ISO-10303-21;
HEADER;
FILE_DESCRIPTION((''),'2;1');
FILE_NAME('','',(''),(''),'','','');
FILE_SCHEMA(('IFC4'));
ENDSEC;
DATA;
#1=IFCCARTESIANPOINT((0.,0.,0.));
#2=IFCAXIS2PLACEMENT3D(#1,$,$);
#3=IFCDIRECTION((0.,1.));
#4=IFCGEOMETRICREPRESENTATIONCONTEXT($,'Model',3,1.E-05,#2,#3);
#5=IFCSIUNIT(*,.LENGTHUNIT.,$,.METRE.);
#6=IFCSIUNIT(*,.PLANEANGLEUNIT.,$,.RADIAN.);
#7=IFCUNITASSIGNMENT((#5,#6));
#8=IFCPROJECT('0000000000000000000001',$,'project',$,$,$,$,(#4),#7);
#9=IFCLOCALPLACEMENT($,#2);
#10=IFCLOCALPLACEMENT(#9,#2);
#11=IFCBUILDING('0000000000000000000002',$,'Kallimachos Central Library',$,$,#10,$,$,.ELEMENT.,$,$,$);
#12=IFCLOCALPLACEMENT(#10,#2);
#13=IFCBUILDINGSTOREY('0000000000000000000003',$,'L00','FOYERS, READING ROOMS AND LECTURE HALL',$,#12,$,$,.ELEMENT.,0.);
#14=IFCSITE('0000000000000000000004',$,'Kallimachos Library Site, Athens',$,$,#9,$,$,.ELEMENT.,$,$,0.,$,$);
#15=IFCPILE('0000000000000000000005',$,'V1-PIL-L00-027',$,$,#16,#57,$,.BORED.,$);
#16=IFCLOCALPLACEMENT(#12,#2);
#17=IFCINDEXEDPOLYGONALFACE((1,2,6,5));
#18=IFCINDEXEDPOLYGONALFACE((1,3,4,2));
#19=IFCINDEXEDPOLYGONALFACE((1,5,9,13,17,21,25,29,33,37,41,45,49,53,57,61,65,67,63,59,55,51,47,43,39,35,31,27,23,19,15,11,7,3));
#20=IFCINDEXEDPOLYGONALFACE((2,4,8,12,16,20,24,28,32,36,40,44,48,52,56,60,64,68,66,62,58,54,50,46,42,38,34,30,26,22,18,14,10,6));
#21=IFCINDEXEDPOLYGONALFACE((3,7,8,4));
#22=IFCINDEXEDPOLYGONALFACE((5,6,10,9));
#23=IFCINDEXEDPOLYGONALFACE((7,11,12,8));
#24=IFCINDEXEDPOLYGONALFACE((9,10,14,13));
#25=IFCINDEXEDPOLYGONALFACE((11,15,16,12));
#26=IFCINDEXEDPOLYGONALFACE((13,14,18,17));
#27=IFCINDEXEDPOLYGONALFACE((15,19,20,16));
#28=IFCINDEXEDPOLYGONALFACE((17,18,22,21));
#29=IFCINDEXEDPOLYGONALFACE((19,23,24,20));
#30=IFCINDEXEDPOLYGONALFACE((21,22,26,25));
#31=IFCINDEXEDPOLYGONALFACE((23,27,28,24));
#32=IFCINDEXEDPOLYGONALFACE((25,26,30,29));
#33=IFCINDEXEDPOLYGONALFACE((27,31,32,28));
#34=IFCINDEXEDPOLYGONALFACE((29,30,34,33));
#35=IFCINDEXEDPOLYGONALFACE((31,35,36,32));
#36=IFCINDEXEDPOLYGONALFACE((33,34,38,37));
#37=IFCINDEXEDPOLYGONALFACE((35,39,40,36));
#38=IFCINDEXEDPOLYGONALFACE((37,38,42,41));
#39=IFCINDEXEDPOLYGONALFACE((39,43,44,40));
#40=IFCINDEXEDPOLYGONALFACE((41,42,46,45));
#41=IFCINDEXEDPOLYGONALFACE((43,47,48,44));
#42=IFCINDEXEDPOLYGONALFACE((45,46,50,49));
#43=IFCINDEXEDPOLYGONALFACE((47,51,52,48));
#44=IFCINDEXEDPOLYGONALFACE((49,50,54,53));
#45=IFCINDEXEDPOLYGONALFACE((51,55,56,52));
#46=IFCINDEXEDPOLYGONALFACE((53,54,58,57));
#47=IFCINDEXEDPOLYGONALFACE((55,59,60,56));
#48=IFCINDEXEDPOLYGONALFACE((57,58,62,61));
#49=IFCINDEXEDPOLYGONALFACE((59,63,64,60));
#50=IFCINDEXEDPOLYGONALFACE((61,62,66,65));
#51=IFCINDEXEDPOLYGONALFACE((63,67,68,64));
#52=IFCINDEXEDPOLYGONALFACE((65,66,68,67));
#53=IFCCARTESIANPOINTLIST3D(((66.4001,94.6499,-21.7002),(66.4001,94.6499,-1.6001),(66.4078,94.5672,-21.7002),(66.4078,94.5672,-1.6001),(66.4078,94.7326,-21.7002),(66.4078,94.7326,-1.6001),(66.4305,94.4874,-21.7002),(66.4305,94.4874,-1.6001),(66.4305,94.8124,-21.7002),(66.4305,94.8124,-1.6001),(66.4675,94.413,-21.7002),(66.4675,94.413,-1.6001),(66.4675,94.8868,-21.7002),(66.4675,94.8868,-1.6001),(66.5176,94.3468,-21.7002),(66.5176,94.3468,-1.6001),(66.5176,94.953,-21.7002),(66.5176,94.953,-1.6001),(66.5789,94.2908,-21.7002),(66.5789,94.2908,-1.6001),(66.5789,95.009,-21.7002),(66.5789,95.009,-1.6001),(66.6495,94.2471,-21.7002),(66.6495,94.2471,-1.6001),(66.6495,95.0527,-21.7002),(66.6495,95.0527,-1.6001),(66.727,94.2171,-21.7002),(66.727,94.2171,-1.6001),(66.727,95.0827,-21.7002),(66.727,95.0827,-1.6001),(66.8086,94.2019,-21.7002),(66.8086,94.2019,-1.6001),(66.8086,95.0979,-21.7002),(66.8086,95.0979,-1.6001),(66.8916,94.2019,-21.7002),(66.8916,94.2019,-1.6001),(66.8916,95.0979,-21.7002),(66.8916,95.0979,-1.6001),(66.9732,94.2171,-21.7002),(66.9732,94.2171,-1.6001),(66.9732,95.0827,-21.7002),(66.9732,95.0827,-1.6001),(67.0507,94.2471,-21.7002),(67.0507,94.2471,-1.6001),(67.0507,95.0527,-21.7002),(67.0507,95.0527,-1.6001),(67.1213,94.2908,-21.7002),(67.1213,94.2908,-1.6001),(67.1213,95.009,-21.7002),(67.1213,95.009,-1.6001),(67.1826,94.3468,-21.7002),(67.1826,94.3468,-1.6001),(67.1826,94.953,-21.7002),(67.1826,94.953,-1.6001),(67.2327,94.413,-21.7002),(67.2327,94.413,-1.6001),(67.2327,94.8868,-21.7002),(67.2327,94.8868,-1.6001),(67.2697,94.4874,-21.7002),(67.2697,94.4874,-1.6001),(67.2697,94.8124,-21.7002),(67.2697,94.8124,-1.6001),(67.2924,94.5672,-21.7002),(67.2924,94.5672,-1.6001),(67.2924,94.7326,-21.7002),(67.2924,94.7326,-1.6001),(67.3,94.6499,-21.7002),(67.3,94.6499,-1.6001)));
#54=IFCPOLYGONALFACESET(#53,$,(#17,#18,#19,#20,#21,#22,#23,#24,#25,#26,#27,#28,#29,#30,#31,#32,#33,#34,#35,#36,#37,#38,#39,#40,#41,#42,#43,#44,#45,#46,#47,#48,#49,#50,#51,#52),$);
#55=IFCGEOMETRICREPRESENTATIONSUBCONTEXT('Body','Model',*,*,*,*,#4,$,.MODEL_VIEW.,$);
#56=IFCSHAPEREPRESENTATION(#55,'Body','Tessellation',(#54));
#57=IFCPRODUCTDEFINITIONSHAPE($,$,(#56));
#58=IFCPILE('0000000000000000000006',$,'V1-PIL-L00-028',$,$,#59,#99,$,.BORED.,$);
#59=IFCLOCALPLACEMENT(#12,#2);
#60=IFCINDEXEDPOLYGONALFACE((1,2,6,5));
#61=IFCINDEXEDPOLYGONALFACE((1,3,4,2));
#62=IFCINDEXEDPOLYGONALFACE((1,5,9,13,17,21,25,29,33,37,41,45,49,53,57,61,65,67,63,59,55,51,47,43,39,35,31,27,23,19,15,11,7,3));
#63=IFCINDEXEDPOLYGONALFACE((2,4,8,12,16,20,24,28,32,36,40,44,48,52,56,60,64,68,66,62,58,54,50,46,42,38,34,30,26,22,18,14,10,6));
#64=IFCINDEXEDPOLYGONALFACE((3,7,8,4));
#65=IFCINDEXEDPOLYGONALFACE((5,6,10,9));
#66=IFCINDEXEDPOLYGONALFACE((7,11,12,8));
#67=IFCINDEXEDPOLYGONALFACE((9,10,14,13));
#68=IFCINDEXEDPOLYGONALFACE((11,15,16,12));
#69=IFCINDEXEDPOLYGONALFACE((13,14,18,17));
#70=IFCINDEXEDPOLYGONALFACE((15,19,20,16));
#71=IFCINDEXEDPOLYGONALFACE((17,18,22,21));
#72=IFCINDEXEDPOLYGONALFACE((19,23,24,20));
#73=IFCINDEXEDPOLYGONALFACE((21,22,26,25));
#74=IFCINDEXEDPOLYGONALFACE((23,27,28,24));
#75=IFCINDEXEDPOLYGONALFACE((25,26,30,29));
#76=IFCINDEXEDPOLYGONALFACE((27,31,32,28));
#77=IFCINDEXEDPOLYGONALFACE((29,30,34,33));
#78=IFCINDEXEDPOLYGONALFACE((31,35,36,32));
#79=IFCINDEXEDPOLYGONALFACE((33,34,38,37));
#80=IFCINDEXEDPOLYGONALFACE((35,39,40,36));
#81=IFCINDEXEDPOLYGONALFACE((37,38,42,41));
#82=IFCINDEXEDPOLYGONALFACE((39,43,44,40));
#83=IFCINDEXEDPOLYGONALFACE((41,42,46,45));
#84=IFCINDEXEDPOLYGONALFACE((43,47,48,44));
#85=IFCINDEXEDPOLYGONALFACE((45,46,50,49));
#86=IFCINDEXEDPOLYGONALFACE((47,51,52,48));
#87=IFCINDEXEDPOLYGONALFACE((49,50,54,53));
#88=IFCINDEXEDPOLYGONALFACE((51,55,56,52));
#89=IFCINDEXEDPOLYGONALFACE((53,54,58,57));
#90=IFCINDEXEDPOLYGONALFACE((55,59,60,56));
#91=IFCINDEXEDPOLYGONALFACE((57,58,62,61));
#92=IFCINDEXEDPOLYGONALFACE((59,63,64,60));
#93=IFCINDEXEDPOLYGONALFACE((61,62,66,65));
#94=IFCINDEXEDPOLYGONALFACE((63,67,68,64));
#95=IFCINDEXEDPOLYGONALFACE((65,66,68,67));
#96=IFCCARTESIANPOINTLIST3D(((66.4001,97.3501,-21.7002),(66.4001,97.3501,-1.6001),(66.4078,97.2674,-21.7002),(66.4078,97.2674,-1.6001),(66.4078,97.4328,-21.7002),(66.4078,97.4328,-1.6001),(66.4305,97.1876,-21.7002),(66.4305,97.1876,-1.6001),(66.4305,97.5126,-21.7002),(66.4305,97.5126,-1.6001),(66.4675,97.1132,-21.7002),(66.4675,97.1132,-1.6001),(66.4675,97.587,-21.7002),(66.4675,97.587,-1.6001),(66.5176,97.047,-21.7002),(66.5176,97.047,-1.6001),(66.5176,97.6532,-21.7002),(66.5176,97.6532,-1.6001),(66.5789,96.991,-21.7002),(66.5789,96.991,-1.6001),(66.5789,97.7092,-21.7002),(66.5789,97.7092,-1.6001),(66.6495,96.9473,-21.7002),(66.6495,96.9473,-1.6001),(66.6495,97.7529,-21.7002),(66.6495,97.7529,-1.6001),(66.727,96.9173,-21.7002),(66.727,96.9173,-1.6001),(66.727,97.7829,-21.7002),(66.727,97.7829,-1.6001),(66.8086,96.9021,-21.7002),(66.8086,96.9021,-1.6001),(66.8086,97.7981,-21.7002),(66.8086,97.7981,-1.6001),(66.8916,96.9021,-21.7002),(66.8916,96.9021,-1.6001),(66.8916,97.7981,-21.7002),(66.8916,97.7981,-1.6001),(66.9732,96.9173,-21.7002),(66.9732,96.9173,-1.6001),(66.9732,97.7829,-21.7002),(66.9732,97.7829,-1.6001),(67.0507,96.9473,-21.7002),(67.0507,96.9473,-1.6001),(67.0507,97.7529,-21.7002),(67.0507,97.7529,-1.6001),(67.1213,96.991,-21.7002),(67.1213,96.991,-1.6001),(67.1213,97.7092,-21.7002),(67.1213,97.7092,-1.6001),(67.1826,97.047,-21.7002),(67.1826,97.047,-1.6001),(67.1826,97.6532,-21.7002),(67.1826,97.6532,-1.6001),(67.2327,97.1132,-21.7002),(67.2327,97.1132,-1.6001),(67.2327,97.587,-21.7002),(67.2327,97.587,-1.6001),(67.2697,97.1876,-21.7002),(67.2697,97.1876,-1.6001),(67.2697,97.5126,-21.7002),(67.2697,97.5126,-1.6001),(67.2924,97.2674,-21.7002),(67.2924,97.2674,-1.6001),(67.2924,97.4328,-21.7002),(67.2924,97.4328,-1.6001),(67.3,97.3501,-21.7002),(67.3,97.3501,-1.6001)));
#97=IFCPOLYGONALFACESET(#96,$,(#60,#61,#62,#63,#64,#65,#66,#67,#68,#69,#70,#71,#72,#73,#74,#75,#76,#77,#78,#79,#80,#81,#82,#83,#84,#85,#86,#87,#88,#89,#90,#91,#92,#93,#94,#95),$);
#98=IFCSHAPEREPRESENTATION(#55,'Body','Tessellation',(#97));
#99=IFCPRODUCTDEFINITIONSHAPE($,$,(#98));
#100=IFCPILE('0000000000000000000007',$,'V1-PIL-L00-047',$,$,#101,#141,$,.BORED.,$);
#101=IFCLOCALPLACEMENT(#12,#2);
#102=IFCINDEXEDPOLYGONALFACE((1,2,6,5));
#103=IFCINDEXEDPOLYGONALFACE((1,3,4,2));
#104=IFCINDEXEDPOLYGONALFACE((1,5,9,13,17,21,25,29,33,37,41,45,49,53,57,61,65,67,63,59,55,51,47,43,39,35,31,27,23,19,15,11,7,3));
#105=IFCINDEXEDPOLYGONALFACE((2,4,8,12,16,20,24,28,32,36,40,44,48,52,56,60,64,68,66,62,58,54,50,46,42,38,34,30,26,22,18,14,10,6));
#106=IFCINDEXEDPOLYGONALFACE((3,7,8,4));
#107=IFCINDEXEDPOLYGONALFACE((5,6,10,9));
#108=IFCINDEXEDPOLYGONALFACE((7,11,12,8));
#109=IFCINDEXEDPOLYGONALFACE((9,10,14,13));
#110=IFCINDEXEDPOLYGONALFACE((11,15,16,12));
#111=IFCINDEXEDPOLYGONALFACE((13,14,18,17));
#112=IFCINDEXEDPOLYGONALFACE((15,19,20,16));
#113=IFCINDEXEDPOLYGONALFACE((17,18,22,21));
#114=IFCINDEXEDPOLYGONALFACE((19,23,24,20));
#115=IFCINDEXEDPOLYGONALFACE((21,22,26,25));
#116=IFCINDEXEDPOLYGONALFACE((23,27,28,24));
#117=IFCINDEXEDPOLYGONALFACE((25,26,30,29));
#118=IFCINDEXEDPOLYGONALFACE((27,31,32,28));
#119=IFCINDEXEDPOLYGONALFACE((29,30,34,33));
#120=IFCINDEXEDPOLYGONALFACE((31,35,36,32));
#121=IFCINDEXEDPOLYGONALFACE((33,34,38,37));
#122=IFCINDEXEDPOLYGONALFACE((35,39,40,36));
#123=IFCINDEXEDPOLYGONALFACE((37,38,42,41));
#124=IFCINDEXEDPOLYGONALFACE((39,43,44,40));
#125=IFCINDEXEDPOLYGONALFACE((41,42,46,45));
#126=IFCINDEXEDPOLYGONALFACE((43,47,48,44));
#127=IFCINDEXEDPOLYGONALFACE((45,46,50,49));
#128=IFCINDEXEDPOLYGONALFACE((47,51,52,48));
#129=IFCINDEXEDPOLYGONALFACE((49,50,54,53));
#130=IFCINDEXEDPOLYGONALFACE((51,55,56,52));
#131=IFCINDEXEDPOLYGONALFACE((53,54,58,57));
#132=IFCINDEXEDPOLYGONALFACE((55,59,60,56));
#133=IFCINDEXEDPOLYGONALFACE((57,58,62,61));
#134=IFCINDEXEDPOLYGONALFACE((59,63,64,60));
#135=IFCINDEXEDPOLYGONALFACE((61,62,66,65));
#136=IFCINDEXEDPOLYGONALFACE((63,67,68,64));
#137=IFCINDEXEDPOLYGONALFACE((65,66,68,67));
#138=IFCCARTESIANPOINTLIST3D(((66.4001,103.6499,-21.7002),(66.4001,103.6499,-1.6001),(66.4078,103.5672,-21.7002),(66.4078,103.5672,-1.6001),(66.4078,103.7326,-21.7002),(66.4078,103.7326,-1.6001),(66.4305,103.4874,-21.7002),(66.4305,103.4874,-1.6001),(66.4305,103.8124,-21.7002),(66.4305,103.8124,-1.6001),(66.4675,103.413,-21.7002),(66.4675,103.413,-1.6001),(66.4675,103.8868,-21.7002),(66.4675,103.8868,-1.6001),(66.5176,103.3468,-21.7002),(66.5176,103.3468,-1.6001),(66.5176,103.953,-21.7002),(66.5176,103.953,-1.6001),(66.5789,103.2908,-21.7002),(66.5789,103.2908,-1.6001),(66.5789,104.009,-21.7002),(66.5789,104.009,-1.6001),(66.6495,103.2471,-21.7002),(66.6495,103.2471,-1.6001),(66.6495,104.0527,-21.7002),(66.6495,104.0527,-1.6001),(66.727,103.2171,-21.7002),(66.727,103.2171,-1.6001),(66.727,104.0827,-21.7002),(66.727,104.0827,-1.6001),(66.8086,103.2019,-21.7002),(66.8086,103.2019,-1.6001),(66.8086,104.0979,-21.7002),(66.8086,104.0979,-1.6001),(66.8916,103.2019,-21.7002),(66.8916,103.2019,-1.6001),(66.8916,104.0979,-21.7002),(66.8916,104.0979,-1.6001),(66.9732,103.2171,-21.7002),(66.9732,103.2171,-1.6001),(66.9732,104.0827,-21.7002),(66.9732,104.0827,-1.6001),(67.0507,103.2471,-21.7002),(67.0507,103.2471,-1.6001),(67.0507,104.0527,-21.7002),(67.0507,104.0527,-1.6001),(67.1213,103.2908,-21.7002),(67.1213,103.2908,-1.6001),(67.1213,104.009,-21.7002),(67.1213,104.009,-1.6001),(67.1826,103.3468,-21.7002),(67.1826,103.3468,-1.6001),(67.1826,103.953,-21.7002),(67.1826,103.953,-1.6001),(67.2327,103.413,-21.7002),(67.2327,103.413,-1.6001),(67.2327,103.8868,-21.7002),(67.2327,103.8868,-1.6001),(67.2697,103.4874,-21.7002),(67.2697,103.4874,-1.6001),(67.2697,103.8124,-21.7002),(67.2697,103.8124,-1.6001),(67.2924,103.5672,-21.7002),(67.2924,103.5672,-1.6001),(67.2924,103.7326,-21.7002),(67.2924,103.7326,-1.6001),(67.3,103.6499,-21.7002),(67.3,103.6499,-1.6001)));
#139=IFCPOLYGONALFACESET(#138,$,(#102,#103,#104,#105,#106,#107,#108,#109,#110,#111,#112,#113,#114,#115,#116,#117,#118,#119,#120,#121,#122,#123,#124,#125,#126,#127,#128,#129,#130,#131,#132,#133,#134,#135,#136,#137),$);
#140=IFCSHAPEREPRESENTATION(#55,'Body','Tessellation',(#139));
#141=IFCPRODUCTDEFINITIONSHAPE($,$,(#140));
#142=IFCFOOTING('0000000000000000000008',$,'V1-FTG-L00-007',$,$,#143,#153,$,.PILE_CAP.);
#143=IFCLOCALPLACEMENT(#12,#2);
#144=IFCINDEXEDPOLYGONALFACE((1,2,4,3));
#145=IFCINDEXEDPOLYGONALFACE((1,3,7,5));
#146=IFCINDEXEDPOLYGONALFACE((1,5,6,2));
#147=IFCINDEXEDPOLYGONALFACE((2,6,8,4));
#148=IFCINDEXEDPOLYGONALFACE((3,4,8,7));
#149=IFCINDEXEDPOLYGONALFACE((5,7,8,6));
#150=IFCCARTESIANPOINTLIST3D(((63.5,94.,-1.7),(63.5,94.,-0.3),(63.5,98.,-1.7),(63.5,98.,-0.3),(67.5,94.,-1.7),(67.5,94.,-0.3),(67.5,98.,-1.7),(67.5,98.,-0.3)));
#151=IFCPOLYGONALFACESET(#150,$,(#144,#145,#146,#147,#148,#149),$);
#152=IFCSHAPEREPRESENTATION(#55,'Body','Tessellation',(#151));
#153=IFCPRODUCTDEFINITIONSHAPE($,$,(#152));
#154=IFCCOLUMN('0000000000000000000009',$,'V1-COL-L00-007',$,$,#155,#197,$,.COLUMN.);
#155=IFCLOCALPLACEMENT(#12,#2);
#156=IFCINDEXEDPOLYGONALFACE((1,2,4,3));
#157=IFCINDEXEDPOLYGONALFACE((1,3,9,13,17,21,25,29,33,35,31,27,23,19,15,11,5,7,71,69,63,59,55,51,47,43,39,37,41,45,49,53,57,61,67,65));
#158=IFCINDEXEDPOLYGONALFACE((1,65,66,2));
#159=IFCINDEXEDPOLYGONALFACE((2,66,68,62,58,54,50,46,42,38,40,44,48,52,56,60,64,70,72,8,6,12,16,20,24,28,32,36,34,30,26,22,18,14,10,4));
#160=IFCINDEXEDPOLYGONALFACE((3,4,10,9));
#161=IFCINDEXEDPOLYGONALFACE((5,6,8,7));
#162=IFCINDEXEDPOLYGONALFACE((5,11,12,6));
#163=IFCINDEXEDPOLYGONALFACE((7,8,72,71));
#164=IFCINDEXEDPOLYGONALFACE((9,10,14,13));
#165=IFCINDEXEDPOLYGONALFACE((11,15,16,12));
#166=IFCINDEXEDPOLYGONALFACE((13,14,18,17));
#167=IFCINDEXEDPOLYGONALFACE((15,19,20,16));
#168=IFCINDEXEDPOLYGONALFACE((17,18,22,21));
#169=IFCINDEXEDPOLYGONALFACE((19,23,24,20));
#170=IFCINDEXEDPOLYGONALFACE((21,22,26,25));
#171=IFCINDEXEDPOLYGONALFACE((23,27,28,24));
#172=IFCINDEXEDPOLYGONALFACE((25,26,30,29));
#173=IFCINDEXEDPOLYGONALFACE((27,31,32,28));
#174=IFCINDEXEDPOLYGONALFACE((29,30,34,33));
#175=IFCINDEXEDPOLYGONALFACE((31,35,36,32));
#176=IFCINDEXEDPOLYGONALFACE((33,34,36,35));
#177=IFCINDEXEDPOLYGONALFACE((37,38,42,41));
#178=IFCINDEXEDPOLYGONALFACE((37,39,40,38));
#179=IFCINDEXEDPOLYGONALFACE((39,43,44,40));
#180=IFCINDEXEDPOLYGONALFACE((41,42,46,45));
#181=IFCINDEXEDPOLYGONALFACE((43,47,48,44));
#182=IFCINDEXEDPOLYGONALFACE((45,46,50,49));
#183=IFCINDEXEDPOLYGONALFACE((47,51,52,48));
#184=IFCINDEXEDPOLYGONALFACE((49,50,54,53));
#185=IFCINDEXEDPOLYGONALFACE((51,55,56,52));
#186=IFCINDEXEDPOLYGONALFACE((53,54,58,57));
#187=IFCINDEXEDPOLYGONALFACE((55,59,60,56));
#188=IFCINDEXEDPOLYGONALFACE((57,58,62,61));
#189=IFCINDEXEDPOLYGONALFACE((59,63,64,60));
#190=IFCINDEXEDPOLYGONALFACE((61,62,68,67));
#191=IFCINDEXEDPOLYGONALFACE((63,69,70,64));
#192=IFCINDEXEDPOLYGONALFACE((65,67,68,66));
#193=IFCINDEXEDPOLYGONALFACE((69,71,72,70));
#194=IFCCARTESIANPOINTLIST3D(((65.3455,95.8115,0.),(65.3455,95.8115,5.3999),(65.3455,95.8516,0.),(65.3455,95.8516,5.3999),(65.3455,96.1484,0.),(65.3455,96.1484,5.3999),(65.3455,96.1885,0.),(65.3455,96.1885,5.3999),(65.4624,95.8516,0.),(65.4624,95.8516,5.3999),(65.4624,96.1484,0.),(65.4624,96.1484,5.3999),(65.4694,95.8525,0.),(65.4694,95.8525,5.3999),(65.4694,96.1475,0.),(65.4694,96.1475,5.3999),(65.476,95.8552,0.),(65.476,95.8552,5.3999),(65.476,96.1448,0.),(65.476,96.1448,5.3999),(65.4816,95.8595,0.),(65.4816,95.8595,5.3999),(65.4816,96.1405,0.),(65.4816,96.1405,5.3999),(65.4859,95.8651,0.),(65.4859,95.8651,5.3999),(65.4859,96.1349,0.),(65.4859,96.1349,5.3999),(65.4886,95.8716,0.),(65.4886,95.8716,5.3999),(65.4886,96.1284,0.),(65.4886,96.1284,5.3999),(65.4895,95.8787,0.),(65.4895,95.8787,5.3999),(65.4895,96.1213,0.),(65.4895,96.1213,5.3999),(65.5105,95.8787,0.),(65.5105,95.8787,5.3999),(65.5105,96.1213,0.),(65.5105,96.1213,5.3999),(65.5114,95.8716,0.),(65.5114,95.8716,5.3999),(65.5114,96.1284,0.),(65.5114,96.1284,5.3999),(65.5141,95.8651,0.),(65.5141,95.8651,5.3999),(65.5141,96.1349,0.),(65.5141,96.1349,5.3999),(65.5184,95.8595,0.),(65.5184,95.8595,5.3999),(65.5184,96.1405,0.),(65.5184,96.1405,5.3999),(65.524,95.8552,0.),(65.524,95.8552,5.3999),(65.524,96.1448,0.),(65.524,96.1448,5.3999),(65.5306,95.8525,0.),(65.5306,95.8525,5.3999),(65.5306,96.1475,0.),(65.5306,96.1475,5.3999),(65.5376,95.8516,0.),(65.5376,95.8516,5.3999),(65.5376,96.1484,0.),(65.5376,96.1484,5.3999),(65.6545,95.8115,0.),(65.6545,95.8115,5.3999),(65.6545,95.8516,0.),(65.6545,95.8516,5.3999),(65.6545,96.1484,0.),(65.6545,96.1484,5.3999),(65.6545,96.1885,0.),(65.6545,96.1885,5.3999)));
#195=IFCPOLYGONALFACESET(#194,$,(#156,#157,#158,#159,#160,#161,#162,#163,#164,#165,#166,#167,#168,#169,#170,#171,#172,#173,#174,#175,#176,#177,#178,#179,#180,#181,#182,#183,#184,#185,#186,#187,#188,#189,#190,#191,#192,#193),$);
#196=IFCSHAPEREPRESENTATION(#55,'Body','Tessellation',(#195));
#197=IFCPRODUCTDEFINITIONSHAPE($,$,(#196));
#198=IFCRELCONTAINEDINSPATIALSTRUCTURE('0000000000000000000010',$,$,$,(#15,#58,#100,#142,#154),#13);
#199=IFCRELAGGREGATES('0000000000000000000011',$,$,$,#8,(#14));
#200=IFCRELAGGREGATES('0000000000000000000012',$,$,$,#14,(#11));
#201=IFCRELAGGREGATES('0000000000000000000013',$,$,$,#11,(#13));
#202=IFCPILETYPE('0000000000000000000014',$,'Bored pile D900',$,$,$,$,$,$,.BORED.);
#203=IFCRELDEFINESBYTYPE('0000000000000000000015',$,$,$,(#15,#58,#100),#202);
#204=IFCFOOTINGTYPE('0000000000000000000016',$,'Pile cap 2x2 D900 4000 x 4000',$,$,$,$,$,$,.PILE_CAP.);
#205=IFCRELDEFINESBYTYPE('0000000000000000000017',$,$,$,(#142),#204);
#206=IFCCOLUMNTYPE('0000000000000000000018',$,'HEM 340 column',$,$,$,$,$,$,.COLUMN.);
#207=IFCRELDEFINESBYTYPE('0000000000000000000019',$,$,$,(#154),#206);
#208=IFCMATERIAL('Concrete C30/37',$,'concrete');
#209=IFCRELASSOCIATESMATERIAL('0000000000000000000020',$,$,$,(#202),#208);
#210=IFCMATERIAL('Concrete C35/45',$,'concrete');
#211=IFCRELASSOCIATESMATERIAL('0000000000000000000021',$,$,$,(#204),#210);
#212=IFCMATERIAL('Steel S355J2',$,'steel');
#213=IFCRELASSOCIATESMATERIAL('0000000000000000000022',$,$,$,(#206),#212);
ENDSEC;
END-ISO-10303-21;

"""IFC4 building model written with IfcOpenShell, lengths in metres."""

from ifc_helpers import new_model, si_unit, direction, frame, origin, origin_2d, place, context, subcontext, project, spatial, rectangle, circle, i_section, extrude, material, material_profile, profile_set, type_object, element, save


model = new_model("IFC4")

# Units and contexts
model_context = context("Model", 3, precision=1e-05, world=origin(), true_north=direction((0.0, 1.0)))
body_context = subcontext(model_context, "Body", "Model", "MODEL_VIEW")
ifc_project = project(units=[si_unit("LENGTHUNIT", "METRE"), si_unit("PLANEANGLEUNIT", "RADIAN")], contexts=[model_context])

# Site, building, storey
site_placement = place(None, origin())
site = spatial("IfcSite", under=ifc_project, at=site_placement, Name="Kallimachos Library Site, Athens", CompositionType="ELEMENT", RefElevation=0.0)
building_placement = place(site_placement, origin())
building = spatial("IfcBuilding", under=site, at=building_placement, Name="Kallimachos Central Library", CompositionType="ELEMENT")
storey_placement = place(building_placement, origin())
storey = spatial("IfcBuildingStorey", under=building, at=storey_placement, Name="L00", Description="FOYERS, READING ROOMS AND LECTURE HALL", CompositionType="ELEMENT", Elevation=0.0)

# Piles
ifc_material_1 = material(Name="Concrete C30/37", Category="concrete")
pile_type = type_object("IfcPileType", Name="Bored pile D900", PredefinedType="BORED", material=ifc_material_1)
for number, where, z_axis, x_axis, name in (
    (1, (66.8501, 94.6499, -1.6001), (0.0, 0.0, -1.0), (1.0, 0.0, 0.0), "V1-PIL-L00-027"),
    (2, (66.8501, 97.3501, -1.6001), (0.0, 0.0, -1.0), (1.0, 0.0, 0.0), "V1-PIL-L00-028"),
    (3, (66.8501, 103.6499, -1.6001), (0.0, 0.0, -1.0), (1.0, 0.0, 0.0), "V1-PIL-L00-047"),
):
    element("IfcPile", number, at=place(storey_placement, frame(where, z_axis=z_axis, x_axis=x_axis)), inside=storey, type_object=pile_type, Name=name, PredefinedType="BORED", context=body_context, shape_type="SweptSolid", body=[
        extrude(circle(Radius=0.45, at=origin_2d()), origin(), (0.0, 0.0, 1.0), 20.1001),
    ])

# Footing
ifc_material_2 = material(Name="Concrete C35/45", Category="concrete")
footing_type = type_object("IfcFootingType", Name="Pile cap 2x2 D900 4000 x 4000", PredefinedType="PILE_CAP", material=ifc_material_2)
footing_placement = place(storey_placement, frame((65.5, 96.0, -1.7), z_axis=(0.0, 0.0, 1.0), x_axis=(1.0, 0.0, 0.0)))
element("IfcFooting", 4, at=footing_placement, inside=storey, type_object=footing_type, Name="V1-FTG-L00-007", PredefinedType="PILE_CAP", context=body_context, shape_type="SweptSolid", body=[
    extrude(rectangle(XDim=4.0, YDim=4.0, at=origin_2d()), origin(), (0.0, 0.0, 1.0), 1.3999),
])

# Column
ifc_material_3 = material(Name="Steel S355J2", Category="steel")
ifc_material_profile_1 = material_profile(ifc_material_3, i_section(OverallWidth=0.3091, OverallDepth=0.377, WebThickness=0.021, FlangeThickness=0.04, FilletRadius=0.0271, at=origin_2d()), Name="HEM 340")
ifc_profile_set_1 = profile_set([ifc_material_profile_1], Name="Steel S355J2")
column_type = type_object("IfcColumnType", Name="HEM 340 column", PredefinedType="COLUMN", material=ifc_profile_set_1)
column_placement = place(storey_placement, frame((65.5, 96.0, 0.0), z_axis=(0.0, 0.0, 1.0), x_axis=(1.0, 0.0, 0.0)))
element("IfcColumn", 5, at=column_placement, inside=storey, type_object=column_type, Name="V1-COL-L00-007", PredefinedType="COLUMN", context=body_context, shape_type="SweptSolid", body=[
    extrude(i_section(OverallWidth=0.3091, OverallDepth=0.377, WebThickness=0.021, FlangeThickness=0.04, FilletRadius=0.0271, at=origin_2d()), origin(), (0.0, 0.0, 1.0), 5.3999),
])

save(model, "model.ifc")
